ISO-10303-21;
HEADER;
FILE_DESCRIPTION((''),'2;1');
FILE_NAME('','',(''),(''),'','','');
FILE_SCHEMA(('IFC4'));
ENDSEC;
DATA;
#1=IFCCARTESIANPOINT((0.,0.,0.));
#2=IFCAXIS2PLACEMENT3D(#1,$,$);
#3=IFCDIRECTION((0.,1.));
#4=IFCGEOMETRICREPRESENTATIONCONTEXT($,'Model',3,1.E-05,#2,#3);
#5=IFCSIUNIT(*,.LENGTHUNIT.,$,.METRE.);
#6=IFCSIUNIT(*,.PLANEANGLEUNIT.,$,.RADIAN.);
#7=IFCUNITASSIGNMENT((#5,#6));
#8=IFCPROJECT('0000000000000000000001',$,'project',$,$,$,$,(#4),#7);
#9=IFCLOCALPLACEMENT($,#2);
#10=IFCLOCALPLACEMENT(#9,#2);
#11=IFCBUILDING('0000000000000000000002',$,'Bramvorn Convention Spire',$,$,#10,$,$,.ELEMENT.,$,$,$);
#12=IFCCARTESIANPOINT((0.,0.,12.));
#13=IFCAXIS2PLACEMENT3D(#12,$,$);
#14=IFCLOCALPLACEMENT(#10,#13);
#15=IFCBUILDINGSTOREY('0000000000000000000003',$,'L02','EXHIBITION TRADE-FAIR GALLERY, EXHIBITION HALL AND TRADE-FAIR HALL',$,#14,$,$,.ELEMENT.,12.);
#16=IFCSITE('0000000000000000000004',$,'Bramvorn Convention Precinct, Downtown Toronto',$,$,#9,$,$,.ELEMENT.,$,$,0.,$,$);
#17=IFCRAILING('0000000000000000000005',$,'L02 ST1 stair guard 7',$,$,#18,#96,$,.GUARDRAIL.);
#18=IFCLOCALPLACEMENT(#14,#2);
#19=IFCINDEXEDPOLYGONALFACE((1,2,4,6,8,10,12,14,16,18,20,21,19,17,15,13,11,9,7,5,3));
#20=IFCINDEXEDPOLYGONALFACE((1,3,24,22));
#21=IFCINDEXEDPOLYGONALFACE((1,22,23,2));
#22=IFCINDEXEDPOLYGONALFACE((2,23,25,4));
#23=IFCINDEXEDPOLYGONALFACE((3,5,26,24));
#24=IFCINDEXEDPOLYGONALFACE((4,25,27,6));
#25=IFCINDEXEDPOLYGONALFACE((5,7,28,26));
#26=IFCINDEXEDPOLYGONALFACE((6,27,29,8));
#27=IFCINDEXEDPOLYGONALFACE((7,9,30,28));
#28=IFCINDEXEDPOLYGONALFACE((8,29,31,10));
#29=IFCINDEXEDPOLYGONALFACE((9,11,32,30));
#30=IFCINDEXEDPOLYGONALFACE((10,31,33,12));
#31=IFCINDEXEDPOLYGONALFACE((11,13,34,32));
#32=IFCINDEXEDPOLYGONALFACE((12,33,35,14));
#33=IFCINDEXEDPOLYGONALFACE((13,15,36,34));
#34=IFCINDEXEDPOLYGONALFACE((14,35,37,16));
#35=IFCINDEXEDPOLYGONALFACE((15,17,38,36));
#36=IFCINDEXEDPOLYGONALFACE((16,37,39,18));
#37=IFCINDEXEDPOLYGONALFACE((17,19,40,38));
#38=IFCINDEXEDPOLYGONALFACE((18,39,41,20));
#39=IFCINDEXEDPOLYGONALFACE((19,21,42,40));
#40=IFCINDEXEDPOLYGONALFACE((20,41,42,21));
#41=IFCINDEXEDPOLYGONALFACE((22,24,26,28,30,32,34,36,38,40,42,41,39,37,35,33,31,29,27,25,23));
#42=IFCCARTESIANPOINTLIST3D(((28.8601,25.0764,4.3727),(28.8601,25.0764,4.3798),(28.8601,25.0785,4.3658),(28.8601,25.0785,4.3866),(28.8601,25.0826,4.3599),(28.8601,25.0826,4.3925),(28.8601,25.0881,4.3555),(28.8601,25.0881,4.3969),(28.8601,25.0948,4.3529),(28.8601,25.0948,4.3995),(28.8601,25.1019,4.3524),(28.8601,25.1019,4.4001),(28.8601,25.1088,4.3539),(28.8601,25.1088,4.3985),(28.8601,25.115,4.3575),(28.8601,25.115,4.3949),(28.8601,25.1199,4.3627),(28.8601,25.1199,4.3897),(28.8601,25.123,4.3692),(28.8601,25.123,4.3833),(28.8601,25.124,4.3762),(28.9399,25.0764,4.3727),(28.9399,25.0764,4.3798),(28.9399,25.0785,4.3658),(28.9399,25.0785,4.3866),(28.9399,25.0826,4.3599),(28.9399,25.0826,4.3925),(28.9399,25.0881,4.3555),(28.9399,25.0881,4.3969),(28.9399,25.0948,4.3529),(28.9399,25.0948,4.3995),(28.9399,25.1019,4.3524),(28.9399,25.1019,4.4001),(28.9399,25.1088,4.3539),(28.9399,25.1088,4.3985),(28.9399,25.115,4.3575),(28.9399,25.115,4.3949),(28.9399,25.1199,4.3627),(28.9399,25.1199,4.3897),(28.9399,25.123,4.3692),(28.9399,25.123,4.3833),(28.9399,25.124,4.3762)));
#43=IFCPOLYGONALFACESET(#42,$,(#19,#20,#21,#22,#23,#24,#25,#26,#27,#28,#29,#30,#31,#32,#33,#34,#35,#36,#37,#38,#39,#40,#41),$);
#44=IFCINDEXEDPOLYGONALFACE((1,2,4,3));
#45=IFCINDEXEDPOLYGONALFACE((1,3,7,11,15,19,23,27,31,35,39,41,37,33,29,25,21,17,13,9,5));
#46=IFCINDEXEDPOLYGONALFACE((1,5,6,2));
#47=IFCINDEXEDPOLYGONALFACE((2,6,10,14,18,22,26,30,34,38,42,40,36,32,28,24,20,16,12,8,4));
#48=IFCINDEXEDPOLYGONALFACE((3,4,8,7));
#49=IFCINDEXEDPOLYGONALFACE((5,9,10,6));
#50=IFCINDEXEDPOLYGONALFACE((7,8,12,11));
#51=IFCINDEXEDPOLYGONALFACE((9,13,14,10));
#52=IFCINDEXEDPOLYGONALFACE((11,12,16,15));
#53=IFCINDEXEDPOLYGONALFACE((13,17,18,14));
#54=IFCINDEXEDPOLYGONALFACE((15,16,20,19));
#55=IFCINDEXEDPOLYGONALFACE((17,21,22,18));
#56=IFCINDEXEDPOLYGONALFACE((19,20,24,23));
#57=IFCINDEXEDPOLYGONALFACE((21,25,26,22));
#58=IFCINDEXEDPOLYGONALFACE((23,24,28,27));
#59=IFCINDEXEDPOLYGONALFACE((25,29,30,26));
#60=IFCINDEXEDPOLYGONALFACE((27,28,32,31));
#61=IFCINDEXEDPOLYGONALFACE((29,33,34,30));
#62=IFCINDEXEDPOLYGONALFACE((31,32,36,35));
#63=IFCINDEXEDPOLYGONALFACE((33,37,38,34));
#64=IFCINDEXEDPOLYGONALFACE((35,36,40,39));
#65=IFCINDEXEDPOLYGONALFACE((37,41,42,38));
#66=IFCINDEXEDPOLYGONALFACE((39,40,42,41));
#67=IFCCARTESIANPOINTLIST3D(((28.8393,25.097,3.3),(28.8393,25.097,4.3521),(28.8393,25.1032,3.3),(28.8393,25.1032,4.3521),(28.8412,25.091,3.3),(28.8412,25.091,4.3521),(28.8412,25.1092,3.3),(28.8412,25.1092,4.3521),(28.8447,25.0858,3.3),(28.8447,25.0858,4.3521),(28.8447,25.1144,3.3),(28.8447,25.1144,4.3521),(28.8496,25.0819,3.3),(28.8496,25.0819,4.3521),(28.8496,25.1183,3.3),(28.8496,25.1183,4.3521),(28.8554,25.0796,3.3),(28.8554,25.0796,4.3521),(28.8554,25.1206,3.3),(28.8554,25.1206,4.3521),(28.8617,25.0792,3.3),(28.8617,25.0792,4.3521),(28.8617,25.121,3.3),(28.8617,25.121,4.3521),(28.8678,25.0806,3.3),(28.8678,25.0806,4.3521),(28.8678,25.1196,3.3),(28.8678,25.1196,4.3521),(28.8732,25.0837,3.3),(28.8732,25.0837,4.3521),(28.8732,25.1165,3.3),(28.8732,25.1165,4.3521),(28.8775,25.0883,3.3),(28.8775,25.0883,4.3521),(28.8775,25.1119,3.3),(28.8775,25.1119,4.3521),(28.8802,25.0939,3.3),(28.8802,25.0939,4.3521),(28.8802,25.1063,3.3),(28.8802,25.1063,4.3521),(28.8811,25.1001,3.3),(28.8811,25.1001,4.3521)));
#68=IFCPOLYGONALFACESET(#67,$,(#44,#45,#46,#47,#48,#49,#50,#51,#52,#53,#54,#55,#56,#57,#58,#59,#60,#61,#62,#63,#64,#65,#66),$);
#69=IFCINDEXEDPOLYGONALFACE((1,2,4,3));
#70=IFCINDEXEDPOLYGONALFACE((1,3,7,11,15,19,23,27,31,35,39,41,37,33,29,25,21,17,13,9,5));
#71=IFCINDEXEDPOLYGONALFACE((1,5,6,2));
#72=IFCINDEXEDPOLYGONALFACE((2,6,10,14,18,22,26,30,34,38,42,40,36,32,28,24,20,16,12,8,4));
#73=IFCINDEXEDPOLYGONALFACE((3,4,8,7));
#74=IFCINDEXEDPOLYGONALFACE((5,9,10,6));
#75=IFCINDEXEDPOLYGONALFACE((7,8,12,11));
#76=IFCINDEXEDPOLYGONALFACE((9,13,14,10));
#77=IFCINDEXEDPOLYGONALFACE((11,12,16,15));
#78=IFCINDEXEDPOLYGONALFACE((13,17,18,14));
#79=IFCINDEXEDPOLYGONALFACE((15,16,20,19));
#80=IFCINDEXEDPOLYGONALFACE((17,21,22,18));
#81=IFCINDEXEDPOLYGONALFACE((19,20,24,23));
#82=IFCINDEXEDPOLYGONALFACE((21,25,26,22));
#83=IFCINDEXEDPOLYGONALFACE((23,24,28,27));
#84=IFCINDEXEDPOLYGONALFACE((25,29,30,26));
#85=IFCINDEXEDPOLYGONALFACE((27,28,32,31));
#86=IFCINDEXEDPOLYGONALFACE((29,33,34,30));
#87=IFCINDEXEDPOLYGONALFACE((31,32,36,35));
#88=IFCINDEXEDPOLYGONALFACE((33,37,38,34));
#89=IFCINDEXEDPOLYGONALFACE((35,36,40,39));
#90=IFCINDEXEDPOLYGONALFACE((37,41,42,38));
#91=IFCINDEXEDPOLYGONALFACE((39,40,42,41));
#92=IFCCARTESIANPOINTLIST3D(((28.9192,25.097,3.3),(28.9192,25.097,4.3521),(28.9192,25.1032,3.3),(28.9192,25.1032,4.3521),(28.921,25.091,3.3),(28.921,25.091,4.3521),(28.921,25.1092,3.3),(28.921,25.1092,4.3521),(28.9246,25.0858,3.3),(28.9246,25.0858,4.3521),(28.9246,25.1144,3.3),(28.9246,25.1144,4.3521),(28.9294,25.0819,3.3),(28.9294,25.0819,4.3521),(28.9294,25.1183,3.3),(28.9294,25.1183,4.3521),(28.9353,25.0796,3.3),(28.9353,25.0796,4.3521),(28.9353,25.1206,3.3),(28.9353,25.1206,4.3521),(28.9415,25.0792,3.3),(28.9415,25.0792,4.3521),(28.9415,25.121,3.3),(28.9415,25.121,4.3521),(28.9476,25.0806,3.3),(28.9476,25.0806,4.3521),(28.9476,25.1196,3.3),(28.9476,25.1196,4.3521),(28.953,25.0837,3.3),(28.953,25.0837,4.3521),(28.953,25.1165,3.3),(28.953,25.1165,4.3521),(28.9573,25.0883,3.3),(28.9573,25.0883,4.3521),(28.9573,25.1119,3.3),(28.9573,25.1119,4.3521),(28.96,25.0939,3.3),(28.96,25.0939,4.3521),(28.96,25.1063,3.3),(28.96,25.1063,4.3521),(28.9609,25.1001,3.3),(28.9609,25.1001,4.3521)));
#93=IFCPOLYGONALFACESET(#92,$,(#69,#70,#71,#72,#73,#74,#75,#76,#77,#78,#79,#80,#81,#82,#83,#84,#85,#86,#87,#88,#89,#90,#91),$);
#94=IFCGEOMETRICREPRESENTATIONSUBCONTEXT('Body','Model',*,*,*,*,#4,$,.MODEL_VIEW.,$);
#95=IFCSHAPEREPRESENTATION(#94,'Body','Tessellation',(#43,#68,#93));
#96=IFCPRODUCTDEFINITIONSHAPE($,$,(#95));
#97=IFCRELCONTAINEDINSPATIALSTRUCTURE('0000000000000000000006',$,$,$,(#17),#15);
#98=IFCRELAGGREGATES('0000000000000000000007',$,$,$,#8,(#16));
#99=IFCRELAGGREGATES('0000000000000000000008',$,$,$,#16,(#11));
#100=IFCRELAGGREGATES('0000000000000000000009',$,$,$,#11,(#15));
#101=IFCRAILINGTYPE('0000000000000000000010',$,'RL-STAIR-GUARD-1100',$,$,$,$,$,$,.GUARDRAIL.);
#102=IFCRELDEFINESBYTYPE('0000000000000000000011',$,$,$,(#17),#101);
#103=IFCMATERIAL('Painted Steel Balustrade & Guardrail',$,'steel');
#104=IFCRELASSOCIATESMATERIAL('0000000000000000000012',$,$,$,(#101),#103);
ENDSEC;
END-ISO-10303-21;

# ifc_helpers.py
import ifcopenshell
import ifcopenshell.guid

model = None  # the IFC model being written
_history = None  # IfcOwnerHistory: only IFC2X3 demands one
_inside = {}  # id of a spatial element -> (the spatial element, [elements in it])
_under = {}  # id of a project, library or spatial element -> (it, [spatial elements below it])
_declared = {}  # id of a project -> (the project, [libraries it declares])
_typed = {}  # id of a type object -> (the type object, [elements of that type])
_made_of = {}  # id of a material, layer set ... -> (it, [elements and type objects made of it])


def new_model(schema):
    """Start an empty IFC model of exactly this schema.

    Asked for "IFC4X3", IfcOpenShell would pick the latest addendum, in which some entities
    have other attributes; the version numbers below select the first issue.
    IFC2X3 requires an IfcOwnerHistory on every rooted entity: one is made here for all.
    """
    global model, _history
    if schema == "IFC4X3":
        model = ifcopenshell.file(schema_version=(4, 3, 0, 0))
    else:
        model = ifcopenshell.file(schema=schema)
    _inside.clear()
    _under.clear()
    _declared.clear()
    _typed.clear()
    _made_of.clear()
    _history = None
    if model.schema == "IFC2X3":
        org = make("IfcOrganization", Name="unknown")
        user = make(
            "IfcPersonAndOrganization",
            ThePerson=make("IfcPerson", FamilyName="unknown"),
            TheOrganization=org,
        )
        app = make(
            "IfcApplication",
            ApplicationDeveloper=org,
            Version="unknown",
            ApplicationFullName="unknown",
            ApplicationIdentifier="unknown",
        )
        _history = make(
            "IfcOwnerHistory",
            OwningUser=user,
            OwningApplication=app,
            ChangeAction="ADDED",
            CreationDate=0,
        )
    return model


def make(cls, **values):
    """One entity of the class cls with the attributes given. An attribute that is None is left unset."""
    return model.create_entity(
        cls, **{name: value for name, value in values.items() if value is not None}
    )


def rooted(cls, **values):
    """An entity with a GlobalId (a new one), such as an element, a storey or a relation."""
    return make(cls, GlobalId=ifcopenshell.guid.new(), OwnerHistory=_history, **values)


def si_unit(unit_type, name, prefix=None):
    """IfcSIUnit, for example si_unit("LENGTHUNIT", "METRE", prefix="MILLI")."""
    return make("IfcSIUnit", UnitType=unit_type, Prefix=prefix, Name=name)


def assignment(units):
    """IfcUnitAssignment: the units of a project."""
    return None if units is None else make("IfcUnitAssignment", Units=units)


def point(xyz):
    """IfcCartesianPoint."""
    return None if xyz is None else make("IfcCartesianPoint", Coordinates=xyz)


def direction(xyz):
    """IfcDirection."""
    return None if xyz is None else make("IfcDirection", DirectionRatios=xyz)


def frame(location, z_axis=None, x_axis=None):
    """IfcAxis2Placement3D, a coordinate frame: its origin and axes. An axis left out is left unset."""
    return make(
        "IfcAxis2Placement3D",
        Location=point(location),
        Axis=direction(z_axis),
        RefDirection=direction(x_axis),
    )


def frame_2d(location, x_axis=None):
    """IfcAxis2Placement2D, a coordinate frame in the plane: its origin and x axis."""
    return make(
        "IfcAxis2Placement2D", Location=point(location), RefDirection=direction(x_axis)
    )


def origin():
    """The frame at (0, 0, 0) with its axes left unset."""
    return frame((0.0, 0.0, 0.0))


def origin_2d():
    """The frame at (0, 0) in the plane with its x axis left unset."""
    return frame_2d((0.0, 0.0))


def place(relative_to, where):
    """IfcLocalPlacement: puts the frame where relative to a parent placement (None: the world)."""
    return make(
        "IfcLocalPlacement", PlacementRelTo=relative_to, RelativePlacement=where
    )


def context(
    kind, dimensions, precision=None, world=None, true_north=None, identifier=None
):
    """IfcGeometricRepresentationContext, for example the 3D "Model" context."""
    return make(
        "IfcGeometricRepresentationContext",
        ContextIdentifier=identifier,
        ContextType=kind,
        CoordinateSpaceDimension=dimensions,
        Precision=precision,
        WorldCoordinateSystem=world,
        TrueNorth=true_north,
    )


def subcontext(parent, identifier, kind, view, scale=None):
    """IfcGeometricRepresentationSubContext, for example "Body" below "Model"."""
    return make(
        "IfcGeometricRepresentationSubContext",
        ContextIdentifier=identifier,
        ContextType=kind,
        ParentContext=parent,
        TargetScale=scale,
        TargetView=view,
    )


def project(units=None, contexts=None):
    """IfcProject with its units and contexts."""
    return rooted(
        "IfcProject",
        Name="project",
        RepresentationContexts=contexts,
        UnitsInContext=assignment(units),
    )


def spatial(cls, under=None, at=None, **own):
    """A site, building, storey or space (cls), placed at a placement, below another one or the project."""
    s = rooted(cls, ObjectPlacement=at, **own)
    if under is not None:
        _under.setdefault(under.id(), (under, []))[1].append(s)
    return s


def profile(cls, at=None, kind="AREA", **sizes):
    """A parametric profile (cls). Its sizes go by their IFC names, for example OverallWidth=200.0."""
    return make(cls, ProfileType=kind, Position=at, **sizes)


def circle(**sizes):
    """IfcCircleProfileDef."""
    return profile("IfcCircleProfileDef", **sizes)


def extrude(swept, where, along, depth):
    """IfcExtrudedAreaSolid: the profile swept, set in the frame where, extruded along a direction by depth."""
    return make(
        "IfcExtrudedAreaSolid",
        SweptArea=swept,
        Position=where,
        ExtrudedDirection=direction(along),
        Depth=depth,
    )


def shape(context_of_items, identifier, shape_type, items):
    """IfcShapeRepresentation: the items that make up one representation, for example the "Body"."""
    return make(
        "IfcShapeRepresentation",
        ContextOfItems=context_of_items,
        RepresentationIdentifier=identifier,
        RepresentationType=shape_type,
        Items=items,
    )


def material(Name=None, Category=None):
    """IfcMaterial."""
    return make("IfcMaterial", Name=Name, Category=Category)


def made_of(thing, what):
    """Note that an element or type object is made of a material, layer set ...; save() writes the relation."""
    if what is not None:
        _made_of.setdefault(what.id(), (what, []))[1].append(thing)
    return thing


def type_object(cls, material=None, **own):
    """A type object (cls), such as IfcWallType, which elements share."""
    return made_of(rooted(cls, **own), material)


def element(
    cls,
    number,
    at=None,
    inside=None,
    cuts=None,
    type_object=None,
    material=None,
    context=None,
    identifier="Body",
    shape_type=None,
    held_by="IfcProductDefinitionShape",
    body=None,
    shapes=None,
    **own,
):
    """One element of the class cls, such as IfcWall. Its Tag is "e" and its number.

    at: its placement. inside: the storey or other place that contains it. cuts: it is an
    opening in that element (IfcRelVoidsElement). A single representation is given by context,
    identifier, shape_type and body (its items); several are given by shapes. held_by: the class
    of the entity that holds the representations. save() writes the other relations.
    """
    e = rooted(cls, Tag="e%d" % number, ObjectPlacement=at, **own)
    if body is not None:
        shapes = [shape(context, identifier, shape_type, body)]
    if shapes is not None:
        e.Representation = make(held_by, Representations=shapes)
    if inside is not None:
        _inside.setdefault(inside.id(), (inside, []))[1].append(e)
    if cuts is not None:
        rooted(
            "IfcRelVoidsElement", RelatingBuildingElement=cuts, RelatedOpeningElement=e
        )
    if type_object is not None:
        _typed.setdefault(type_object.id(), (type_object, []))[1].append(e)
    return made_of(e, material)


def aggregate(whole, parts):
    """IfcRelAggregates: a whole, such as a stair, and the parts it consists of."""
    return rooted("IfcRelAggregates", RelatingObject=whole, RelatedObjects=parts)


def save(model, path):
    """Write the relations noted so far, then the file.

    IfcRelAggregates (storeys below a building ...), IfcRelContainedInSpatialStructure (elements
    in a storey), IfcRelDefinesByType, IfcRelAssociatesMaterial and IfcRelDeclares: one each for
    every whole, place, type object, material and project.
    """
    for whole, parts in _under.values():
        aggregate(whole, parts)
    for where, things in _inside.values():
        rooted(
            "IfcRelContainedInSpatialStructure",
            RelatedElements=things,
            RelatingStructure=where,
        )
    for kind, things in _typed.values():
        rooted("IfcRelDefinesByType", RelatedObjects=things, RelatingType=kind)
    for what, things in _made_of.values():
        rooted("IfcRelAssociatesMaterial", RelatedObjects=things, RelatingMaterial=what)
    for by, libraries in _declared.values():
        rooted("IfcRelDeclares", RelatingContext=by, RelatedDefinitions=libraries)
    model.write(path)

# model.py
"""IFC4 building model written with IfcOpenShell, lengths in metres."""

from ifc_helpers import new_model, si_unit, direction, frame, origin, origin_2d, place, context, subcontext, project, spatial, circle, extrude, material, type_object, element, save


model = new_model("IFC4")

# Units and contexts
model_context = context("Model", 3, precision=1e-05, world=origin(), true_north=direction((0.0, 1.0)))
body_context = subcontext(model_context, "Body", "Model", "MODEL_VIEW")
ifc_project = project(units=[si_unit("LENGTHUNIT", "METRE"), si_unit("PLANEANGLEUNIT", "RADIAN")], contexts=[model_context])

# Site, building, storey
site_placement = place(None, origin())
site = spatial("IfcSite", under=ifc_project, at=site_placement, Name="Bramvorn Convention Precinct, Downtown Toronto", CompositionType="ELEMENT", RefElevation=0.0)
building_placement = place(site_placement, origin())
building = spatial("IfcBuilding", under=site, at=building_placement, Name="Bramvorn Convention Spire", CompositionType="ELEMENT")
storey_placement = place(building_placement, frame((0.0, 0.0, 12.0)))
storey = spatial("IfcBuildingStorey", under=building, at=storey_placement, Name="L02", Description="EXHIBITION TRADE-FAIR GALLERY, EXHIBITION HALL AND TRADE-FAIR HALL", CompositionType="ELEMENT", Elevation=12.0)

# Railing
ifc_material_1 = material(Name="Painted Steel Balustrade & Guardrail", Category="steel")
railing_type_1 = type_object("IfcRailingType", Name="RL-STAIR-GUARD-1100", PredefinedType="GUARDRAIL", material=ifc_material_1)
railing_1_placement = place(storey_placement, frame((28.8601, 25.1001, 3.3)))
element("IfcRailing", 1, at=railing_1_placement, inside=storey, type_object=railing_type_1, Name="L02 ST1 stair guard 7", PredefinedType="GUARDRAIL", context=body_context, shape_type="SweptSolid", body=[
    extrude(circle(Radius=0.0239, at=origin_2d()), frame((0.0, 0.0, 1.0762), z_axis=(1.0, 0.0, 0.0), x_axis=(0.0, 1.0, 0.0)), (0.0, 0.0, 1.0), 0.0798),
    extrude(circle(Radius=0.021, at=origin_2d()), origin(), (0.0, 0.0, 1.0), 1.052),
    extrude(circle(Radius=0.021, at=origin_2d()), frame((0.0798, 0.0, 0.0)), (0.0, 0.0, 1.0), 1.052),
])

save(model, "model.ifc")
